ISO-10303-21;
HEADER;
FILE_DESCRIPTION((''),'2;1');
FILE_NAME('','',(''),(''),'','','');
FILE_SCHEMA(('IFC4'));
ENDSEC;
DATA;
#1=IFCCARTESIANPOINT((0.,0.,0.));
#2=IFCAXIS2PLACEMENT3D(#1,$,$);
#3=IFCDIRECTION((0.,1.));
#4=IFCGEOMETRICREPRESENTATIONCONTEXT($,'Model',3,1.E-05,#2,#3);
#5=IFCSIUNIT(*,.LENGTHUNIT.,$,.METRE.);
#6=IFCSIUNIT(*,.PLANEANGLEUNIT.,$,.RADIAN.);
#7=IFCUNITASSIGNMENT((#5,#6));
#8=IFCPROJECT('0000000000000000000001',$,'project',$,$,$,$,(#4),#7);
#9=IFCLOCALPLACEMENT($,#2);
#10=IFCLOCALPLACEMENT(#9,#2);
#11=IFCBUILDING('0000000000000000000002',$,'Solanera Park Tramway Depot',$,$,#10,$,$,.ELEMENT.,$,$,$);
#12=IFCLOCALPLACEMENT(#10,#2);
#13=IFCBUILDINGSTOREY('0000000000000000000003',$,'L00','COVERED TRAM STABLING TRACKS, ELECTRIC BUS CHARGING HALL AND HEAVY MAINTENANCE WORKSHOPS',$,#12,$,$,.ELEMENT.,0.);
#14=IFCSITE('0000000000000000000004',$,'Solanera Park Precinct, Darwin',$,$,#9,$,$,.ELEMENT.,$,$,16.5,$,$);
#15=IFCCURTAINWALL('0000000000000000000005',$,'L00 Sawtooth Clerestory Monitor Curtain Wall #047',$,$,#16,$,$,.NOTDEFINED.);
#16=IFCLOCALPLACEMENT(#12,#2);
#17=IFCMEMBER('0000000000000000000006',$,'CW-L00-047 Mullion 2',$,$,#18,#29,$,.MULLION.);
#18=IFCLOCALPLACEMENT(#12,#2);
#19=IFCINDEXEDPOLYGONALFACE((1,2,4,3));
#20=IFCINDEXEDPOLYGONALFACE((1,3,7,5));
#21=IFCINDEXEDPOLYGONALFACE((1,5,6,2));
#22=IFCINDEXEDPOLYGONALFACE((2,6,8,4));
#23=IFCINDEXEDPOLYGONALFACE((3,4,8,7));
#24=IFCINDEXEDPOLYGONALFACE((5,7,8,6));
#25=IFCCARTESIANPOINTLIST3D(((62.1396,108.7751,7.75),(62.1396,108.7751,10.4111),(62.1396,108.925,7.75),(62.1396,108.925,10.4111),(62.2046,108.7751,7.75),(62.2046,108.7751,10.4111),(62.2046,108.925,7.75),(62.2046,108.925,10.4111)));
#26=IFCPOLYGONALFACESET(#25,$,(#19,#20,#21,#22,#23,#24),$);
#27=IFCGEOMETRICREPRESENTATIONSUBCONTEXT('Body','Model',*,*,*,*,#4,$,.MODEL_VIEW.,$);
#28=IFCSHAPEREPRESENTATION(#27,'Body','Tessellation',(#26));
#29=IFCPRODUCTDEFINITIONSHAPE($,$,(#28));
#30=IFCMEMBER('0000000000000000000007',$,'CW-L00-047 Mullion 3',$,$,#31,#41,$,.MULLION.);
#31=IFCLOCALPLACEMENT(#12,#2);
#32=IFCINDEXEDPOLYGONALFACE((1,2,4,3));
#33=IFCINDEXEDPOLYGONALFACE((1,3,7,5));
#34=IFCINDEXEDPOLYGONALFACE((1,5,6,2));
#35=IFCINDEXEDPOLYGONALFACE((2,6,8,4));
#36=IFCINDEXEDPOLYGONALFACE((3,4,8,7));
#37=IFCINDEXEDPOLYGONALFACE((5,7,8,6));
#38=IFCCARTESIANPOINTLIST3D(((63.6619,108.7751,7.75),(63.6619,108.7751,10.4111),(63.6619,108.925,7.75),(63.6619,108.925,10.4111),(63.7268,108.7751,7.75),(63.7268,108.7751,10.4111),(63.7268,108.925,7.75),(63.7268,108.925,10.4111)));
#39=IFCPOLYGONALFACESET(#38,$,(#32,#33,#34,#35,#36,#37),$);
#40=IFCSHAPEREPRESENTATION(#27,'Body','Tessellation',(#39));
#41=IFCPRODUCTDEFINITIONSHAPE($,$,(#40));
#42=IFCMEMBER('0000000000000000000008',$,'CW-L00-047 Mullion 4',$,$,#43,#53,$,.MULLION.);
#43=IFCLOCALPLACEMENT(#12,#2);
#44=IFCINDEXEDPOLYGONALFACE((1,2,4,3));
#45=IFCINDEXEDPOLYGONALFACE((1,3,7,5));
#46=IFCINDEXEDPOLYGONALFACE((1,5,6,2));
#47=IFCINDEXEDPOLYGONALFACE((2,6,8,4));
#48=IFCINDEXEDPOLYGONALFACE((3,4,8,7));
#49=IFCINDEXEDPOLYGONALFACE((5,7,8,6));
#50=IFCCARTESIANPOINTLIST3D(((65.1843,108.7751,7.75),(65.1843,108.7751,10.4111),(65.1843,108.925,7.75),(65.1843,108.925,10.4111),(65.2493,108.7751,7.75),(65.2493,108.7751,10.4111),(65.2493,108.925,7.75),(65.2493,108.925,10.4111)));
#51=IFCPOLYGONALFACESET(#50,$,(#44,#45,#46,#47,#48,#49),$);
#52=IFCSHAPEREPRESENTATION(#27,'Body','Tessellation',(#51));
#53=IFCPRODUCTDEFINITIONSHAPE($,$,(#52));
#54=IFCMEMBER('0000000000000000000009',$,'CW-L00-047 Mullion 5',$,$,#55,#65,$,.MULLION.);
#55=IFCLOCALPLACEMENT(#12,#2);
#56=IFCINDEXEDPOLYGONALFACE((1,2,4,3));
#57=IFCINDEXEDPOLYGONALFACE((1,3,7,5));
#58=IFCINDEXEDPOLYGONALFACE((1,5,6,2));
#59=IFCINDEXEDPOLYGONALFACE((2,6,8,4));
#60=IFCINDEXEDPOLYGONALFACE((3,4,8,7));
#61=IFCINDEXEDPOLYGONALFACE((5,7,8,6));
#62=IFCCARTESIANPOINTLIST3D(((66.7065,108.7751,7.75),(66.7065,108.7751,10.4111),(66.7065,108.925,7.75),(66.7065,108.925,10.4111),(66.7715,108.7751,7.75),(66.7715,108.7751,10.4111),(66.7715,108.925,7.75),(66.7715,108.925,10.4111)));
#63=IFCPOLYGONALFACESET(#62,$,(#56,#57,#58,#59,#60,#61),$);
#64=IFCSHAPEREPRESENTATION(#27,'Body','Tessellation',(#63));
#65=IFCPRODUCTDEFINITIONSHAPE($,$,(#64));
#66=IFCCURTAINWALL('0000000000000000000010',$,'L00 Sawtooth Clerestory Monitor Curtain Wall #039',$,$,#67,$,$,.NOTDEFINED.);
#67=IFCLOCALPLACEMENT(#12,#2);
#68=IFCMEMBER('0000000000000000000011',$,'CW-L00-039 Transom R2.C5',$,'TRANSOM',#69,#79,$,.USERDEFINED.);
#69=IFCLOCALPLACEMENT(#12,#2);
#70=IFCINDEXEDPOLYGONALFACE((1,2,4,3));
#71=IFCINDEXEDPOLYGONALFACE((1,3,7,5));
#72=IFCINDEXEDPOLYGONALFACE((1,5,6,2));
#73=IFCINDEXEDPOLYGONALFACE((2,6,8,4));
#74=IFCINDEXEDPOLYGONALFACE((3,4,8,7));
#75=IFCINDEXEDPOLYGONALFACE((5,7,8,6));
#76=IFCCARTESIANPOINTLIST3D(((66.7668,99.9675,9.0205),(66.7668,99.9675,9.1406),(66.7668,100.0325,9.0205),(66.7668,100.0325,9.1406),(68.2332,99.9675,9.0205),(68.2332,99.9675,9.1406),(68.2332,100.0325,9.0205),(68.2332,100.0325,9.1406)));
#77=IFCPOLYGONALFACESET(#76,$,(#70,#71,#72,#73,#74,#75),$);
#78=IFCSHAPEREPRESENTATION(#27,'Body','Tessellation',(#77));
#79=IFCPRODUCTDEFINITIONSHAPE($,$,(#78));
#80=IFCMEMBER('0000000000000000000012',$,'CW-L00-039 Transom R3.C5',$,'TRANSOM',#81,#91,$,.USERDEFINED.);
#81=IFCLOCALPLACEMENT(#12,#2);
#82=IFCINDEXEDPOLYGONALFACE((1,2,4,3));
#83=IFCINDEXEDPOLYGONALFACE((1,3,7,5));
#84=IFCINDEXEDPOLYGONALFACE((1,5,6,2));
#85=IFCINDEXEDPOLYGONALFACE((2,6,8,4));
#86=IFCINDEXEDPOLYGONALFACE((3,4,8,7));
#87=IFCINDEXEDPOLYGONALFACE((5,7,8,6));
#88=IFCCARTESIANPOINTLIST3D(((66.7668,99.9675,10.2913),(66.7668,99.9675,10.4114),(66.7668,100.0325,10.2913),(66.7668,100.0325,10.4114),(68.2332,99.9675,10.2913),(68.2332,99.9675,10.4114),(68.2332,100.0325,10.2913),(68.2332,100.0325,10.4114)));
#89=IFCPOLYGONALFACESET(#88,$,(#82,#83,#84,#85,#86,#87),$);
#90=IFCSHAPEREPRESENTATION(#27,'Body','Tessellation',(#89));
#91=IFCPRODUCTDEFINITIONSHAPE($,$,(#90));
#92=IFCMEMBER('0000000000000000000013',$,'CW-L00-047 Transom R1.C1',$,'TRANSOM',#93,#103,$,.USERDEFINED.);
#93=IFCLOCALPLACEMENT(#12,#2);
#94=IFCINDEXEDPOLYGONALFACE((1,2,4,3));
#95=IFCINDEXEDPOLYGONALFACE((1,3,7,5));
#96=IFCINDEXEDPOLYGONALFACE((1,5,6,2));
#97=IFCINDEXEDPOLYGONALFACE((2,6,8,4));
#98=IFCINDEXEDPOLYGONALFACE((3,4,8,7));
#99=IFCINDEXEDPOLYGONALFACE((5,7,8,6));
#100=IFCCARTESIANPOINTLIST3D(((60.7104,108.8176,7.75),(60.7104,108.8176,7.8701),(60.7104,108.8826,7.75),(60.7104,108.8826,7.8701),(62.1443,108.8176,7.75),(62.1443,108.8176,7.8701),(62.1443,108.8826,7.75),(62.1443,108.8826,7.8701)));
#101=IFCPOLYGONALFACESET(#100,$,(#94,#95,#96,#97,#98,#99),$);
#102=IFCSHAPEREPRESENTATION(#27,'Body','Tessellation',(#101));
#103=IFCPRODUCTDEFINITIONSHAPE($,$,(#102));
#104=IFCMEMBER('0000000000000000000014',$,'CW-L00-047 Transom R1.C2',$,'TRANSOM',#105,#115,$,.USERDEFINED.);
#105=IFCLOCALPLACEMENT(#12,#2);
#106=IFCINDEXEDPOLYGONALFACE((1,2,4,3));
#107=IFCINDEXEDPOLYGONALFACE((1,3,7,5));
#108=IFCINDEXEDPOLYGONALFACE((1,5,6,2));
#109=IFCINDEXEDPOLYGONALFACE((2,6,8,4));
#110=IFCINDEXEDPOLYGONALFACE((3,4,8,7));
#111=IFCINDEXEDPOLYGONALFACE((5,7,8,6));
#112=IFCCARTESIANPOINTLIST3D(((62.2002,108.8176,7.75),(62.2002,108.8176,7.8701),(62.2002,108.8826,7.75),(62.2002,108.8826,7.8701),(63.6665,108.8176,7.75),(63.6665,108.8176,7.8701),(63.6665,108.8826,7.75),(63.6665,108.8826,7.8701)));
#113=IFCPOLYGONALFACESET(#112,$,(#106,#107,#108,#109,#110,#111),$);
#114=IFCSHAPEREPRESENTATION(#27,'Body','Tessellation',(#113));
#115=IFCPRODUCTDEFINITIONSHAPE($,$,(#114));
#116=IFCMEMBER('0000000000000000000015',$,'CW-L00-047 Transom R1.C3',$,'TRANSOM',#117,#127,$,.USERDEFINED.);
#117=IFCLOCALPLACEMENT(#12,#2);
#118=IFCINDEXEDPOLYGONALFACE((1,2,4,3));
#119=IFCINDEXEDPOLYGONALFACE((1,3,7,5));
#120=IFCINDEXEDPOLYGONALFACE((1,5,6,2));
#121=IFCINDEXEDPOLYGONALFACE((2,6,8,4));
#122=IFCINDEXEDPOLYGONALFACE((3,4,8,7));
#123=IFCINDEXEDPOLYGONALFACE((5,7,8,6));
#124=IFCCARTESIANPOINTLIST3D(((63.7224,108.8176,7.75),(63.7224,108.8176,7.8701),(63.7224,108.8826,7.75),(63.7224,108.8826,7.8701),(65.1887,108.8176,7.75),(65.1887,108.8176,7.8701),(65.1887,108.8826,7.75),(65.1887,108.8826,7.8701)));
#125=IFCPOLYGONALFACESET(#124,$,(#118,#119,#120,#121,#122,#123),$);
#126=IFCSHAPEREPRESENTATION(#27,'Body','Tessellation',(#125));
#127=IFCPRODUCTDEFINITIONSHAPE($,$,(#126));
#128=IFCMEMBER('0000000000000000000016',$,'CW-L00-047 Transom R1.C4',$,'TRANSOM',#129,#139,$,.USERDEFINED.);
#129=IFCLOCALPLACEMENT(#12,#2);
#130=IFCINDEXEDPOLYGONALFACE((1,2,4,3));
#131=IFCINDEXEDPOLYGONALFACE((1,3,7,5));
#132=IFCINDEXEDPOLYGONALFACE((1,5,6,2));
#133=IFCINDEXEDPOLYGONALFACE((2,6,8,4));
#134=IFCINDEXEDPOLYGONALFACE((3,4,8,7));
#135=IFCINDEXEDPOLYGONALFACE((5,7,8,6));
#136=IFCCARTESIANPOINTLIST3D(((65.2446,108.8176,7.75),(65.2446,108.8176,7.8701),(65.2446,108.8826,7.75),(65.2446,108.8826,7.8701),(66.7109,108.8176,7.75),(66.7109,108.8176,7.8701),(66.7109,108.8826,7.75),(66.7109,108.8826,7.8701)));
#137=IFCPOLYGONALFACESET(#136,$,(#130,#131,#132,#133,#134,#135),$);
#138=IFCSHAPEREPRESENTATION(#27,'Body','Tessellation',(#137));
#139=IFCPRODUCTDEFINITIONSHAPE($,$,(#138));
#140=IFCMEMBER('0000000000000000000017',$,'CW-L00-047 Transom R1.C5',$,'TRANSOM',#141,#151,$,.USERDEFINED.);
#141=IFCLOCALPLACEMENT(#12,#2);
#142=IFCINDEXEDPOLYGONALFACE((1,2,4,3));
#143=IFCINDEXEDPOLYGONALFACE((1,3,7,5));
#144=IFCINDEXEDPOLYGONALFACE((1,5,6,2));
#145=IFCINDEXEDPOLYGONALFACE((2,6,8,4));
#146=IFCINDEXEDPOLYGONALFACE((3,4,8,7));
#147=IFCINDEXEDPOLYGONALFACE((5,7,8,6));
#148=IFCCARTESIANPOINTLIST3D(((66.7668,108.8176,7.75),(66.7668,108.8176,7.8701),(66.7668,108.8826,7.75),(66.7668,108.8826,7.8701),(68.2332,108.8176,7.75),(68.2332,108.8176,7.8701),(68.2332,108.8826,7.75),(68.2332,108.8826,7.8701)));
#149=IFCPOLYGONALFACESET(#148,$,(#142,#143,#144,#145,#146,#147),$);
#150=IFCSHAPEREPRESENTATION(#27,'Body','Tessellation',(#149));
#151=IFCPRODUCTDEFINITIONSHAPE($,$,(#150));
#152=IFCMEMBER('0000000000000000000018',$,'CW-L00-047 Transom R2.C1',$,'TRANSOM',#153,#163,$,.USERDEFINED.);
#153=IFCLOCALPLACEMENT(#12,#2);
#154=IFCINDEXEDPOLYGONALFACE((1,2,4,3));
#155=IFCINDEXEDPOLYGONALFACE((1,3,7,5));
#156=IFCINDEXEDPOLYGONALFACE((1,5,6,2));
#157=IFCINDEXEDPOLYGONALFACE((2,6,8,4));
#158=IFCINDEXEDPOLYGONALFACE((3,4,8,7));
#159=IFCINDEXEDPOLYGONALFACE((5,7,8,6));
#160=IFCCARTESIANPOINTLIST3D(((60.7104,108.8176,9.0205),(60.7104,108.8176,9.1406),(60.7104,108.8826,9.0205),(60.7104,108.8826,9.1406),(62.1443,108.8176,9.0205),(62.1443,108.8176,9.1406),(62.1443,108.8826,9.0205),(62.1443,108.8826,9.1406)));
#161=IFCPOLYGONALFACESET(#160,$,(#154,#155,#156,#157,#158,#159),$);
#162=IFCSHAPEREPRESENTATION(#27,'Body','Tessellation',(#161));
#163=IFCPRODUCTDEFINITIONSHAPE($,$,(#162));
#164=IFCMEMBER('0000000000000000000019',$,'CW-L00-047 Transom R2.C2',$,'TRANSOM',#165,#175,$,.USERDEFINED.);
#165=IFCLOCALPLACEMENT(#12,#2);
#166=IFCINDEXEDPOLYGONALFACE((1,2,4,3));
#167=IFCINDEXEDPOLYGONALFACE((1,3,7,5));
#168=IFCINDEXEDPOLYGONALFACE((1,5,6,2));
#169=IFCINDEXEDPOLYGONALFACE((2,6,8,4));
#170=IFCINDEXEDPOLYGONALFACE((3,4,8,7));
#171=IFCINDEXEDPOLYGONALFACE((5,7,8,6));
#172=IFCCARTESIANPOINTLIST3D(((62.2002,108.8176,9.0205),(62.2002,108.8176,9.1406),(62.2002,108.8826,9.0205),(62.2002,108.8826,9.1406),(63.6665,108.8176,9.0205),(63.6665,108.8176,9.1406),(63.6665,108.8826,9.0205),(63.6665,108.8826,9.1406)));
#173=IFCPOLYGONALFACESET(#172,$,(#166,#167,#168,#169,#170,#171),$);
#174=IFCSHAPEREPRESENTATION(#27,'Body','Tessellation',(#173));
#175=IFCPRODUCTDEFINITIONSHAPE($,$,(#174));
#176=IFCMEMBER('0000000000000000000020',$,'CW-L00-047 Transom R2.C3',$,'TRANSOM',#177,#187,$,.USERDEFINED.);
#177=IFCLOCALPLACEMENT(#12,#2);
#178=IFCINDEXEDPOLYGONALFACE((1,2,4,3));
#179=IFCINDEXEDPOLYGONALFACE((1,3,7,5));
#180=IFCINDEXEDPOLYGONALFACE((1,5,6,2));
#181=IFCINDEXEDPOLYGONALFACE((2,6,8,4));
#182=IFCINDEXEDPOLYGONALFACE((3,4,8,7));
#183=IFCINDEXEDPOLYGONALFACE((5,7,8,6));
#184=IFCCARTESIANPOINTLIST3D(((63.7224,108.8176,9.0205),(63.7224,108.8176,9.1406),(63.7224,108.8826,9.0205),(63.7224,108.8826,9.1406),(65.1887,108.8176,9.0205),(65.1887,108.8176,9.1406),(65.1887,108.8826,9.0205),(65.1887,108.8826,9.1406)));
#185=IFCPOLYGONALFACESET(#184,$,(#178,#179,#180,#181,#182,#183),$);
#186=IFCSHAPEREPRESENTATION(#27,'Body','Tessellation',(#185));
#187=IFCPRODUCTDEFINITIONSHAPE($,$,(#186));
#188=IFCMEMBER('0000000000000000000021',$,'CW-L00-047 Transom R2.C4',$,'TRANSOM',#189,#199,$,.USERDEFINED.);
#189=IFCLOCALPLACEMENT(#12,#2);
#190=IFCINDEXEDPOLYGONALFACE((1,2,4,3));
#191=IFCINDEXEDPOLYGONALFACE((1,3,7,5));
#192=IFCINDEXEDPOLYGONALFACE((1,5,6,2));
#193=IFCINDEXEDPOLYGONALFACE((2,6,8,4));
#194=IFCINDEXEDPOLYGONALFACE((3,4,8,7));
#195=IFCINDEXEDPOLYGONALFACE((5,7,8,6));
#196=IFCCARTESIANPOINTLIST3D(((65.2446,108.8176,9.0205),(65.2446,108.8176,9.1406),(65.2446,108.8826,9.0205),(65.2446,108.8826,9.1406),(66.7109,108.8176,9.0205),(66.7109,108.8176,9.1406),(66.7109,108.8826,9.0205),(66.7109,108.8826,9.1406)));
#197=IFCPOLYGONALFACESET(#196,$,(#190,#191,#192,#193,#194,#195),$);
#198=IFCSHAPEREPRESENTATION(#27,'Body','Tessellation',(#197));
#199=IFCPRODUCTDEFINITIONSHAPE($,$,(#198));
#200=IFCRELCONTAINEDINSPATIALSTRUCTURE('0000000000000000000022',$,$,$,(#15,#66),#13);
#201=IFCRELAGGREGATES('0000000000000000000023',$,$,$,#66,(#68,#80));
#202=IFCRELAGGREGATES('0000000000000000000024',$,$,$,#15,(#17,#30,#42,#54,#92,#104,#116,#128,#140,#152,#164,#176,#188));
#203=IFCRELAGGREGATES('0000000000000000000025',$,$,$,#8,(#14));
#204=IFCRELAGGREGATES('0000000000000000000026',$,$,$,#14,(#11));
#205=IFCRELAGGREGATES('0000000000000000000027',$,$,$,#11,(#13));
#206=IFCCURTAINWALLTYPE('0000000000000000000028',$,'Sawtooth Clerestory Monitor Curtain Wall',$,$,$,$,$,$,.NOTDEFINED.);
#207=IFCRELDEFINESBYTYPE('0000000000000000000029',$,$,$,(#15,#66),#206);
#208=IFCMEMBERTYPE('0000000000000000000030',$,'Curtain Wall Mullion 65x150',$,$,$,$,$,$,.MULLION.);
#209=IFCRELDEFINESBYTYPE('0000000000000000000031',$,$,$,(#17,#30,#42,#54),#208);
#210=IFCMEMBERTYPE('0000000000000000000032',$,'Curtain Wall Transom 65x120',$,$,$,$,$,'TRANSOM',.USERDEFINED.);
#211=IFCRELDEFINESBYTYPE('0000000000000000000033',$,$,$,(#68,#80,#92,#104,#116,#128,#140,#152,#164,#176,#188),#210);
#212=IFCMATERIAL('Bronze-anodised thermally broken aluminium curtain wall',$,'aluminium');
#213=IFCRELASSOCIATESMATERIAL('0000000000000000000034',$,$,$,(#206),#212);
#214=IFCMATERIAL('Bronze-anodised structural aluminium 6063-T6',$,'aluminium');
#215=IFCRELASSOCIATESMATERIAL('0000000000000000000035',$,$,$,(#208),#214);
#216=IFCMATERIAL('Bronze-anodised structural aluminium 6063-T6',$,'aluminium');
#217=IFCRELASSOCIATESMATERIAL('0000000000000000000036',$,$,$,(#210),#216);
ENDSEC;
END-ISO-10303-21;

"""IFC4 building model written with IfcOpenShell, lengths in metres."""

from ifc_helpers import new_model, si_unit, direction, frame, origin, origin_2d, place, context, subcontext, project, spatial, rectangle, extrude, material, material_profile, profile_set, type_object, element, aggregate, save


model = new_model("IFC4")

# Units and contexts
model_context = context("Model", 3, precision=1e-05, world=origin(), true_north=direction((0.0, 1.0)))
body_context = subcontext(model_context, "Body", "Model", "MODEL_VIEW")
ifc_project = project(units=[si_unit("LENGTHUNIT", "METRE"), si_unit("PLANEANGLEUNIT", "RADIAN")], contexts=[model_context])

# Site, building, storey
site_placement = place(None, origin())
site = spatial("IfcSite", under=ifc_project, at=site_placement, Name="Solanera Park Precinct, Darwin", CompositionType="ELEMENT", RefElevation=16.5)
building_placement = place(site_placement, origin())
building = spatial("IfcBuilding", under=site, at=building_placement, Name="Solanera Park Tramway Depot", CompositionType="ELEMENT")
storey_placement = place(building_placement, origin())
storey = spatial("IfcBuildingStorey", under=building, at=storey_placement, Name="L00", Description="COVERED TRAM STABLING TRACKS, ELECTRIC BUS CHARGING HALL AND HEAVY MAINTENANCE WORKSHOPS", CompositionType="ELEMENT", Elevation=0.0)

# Curtain walls, members
ifc_material_1 = material(Name="Bronze-anodised thermally broken aluminium curtain wall", Category="aluminium")
curtain_wall_type = type_object("IfcCurtainWallType", Name="Sawtooth Clerestory Monitor Curtain Wall", PredefinedType="NOTDEFINED", material=ifc_material_1)
curtain_wall_1_placement = place(storey_placement, origin())
curtain_wall_1 = element("IfcCurtainWall", 1, at=curtain_wall_1_placement, inside=storey, type_object=curtain_wall_type, Name="L00 Sawtooth Clerestory Monitor Curtain Wall #047", PredefinedType="NOTDEFINED")
ifc_material_2 = material(Name="Bronze-anodised structural aluminium 6063-T6", Category="aluminium")
ifc_material_profile_1 = material_profile(ifc_material_2, rectangle(XDim=0.0649, YDim=0.1499, at=origin_2d()), Name="Curtain Wall Mullion 65x150")
ifc_profile_set_1 = profile_set([ifc_material_profile_1], Name="Bronze-anodised structural aluminium 6063-T6")
member_type_1 = type_object("IfcMemberType", Name="Curtain Wall Mullion 65x150", PredefinedType="MULLION", material=ifc_profile_set_1)
member_1_placement = place(storey_placement, frame((62.1721, 108.8501, 7.75), z_axis=(0.0, 0.0, 1.0), x_axis=(1.0, 0.0, 0.0)))
member_1 = element("IfcMember", 2, at=member_1_placement, type_object=member_type_1, Name="CW-L00-047 Mullion 2", PredefinedType="MULLION", context=body_context, shape_type="SweptSolid", body=[
    extrude(rectangle(XDim=0.0649, YDim=0.1499, at=origin_2d()), origin(), (0.0, 0.0, 1.0), 2.6611),
])
member_2_placement = place(storey_placement, frame((63.6943, 108.8501, 7.75), z_axis=(0.0, 0.0, 1.0), x_axis=(1.0, 0.0, 0.0)))
member_2 = element("IfcMember", 3, at=member_2_placement, type_object=member_type_1, Name="CW-L00-047 Mullion 3", PredefinedType="MULLION", context=body_context, shape_type="SweptSolid", body=[
    extrude(rectangle(XDim=0.0649, YDim=0.1499, at=origin_2d()), origin(), (0.0, 0.0, 1.0), 2.6611),
])
member_3_placement = place(storey_placement, frame((65.2168, 108.8501, 7.75), z_axis=(0.0, 0.0, 1.0), x_axis=(1.0, 0.0, 0.0)))
member_3 = element("IfcMember", 4, at=member_3_placement, type_object=member_type_1, Name="CW-L00-047 Mullion 4", PredefinedType="MULLION", context=body_context, shape_type="SweptSolid", body=[
    extrude(rectangle(XDim=0.0649, YDim=0.1499, at=origin_2d()), origin(), (0.0, 0.0, 1.0), 2.6611),
])
member_4_placement = place(storey_placement, frame((66.739, 108.8501, 7.75), z_axis=(0.0, 0.0, 1.0), x_axis=(1.0, 0.0, 0.0)))
member_4 = element("IfcMember", 5, at=member_4_placement, type_object=member_type_1, Name="CW-L00-047 Mullion 5", PredefinedType="MULLION", context=body_context, shape_type="SweptSolid", body=[
    extrude(rectangle(XDim=0.0649, YDim=0.1499, at=origin_2d()), origin(), (0.0, 0.0, 1.0), 2.6611),
])
curtain_wall_2_placement = place(storey_placement, origin())
curtain_wall_2 = element("IfcCurtainWall", 6, at=curtain_wall_2_placement, inside=storey, type_object=curtain_wall_type, Name="L00 Sawtooth Clerestory Monitor Curtain Wall #039", PredefinedType="NOTDEFINED")
ifc_material_3 = material(Name="Bronze-anodised structural aluminium 6063-T6", Category="aluminium")
ifc_material_profile_2 = material_profile(ifc_material_3, rectangle(XDim=0.0649, YDim=0.1201, at=origin_2d()), Name="Curtain Wall Transom 65x120")
ifc_profile_set_2 = profile_set([ifc_material_profile_2], Name="Bronze-anodised structural aluminium 6063-T6")
member_type_2 = type_object("IfcMemberType", Name="Curtain Wall Transom 65x120", ElementType="TRANSOM", PredefinedType="USERDEFINED", material=ifc_profile_set_2)
member_5_placement = place(storey_placement, frame((66.7668, 100.0, 9.0806), z_axis=(1.0, 0.0, 0.0), x_axis=(0.0, 1.0, 0.0)))
member_5 = element("IfcMember", 7, at=member_5_placement, type_object=member_type_2, Name="CW-L00-039 Transom R2.C5", ObjectType="TRANSOM", PredefinedType="USERDEFINED", context=body_context, shape_type="SweptSolid", body=[
    extrude(rectangle(XDim=0.0649, YDim=0.1201, at=origin_2d()), origin(), (0.0, 0.0, 1.0), 1.4663),
])
member_6_placement = place(storey_placement, frame((66.7668, 100.0, 10.3513), z_axis=(1.0, 0.0, 0.0), x_axis=(0.0, 1.0, 0.0)))
member_6 = element("IfcMember", 8, at=member_6_placement, type_object=member_type_2, Name="CW-L00-039 Transom R3.C5", ObjectType="TRANSOM", PredefinedType="USERDEFINED", context=body_context, shape_type="SweptSolid", body=[
    extrude(rectangle(XDim=0.0649, YDim=0.1201, at=origin_2d()), origin(), (0.0, 0.0, 1.0), 1.4663),
])

# Members
member_7_placement = place(storey_placement, frame((60.7104, 108.8501, 7.8101), z_axis=(1.0, 0.0, 0.0), x_axis=(0.0, 1.0, 0.0)))
member_7 = element("IfcMember", 9, at=member_7_placement, type_object=member_type_2, Name="CW-L00-047 Transom R1.C1", ObjectType="TRANSOM", PredefinedType="USERDEFINED", context=body_context, shape_type="SweptSolid", body=[
    extrude(rectangle(XDim=0.0649, YDim=0.1201, at=origin_2d()), origin(), (0.0, 0.0, 1.0), 1.4338),
])
member_8_placement = place(storey_placement, frame((62.2002, 108.8501, 7.8101), z_axis=(1.0, 0.0, 0.0), x_axis=(0.0, 1.0, 0.0)))
member_8 = element("IfcMember", 10, at=member_8_placement, type_object=member_type_2, Name="CW-L00-047 Transom R1.C2", ObjectType="TRANSOM", PredefinedType="USERDEFINED", context=body_context, shape_type="SweptSolid", body=[
    extrude(rectangle(XDim=0.0649, YDim=0.1201, at=origin_2d()), origin(), (0.0, 0.0, 1.0), 1.4663),
])
member_9_placement = place(storey_placement, frame((63.7224, 108.8501, 7.8101), z_axis=(1.0, 0.0, 0.0), x_axis=(0.0, 1.0, 0.0)))
member_9 = element("IfcMember", 11, at=member_9_placement, type_object=member_type_2, Name="CW-L00-047 Transom R1.C3", ObjectType="TRANSOM", PredefinedType="USERDEFINED", context=body_context, shape_type="SweptSolid", body=[
    extrude(rectangle(XDim=0.0649, YDim=0.1201, at=origin_2d()), origin(), (0.0, 0.0, 1.0), 1.4663),
])
member_10_placement = place(storey_placement, frame((65.2446, 108.8501, 7.8101), z_axis=(1.0, 0.0, 0.0), x_axis=(0.0, 1.0, 0.0)))
member_10 = element("IfcMember", 12, at=member_10_placement, type_object=member_type_2, Name="CW-L00-047 Transom R1.C4", ObjectType="TRANSOM", PredefinedType="USERDEFINED", context=body_context, shape_type="SweptSolid", body=[
    extrude(rectangle(XDim=0.0649, YDim=0.1201, at=origin_2d()), origin(), (0.0, 0.0, 1.0), 1.4663),
])
member_11_placement = place(storey_placement, frame((66.7668, 108.8501, 7.8101), z_axis=(1.0, 0.0, 0.0), x_axis=(0.0, 1.0, 0.0)))
member_11 = element("IfcMember", 13, at=member_11_placement, type_object=member_type_2, Name="CW-L00-047 Transom R1.C5", ObjectType="TRANSOM", PredefinedType="USERDEFINED", context=body_context, shape_type="SweptSolid", body=[
    extrude(rectangle(XDim=0.0649, YDim=0.1201, at=origin_2d()), origin(), (0.0, 0.0, 1.0), 1.4663),
])
member_12_placement = place(storey_placement, frame((60.7104, 108.8501, 9.0806), z_axis=(1.0, 0.0, 0.0), x_axis=(0.0, 1.0, 0.0)))
member_12 = element("IfcMember", 14, at=member_12_placement, type_object=member_type_2, Name="CW-L00-047 Transom R2.C1", ObjectType="TRANSOM", PredefinedType="USERDEFINED", context=body_context, shape_type="SweptSolid", body=[
    extrude(rectangle(XDim=0.0649, YDim=0.1201, at=origin_2d()), origin(), (0.0, 0.0, 1.0), 1.4338),
])
member_13_placement = place(storey_placement, frame((62.2002, 108.8501, 9.0806), z_axis=(1.0, 0.0, 0.0), x_axis=(0.0, 1.0, 0.0)))
member_13 = element("IfcMember", 15, at=member_13_placement, type_object=member_type_2, Name="CW-L00-047 Transom R2.C2", ObjectType="TRANSOM", PredefinedType="USERDEFINED", context=body_context, shape_type="SweptSolid", body=[
    extrude(rectangle(XDim=0.0649, YDim=0.1201, at=origin_2d()), origin(), (0.0, 0.0, 1.0), 1.4663),
])
member_14_placement = place(storey_placement, frame((63.7224, 108.8501, 9.0806), z_axis=(1.0, 0.0, 0.0), x_axis=(0.0, 1.0, 0.0)))
member_14 = element("IfcMember", 16, at=member_14_placement, type_object=member_type_2, Name="CW-L00-047 Transom R2.C3", ObjectType="TRANSOM", PredefinedType="USERDEFINED", context=body_context, shape_type="SweptSolid", body=[
    extrude(rectangle(XDim=0.0649, YDim=0.1201, at=origin_2d()), origin(), (0.0, 0.0, 1.0), 1.4663),
])
member_15_placement = place(storey_placement, frame((65.2446, 108.8501, 9.0806), z_axis=(1.0, 0.0, 0.0), x_axis=(0.0, 1.0, 0.0)))
member_15 = element("IfcMember", 17, at=member_15_placement, type_object=member_type_2, Name="CW-L00-047 Transom R2.C4", ObjectType="TRANSOM", PredefinedType="USERDEFINED", context=body_context, shape_type="SweptSolid", body=[
    extrude(rectangle(XDim=0.0649, YDim=0.1201, at=origin_2d()), origin(), (0.0, 0.0, 1.0), 1.4663),
])

aggregate(curtain_wall_2, [member_5, member_6])
aggregate(curtain_wall_1, [member_1, member_2, member_3, member_4, member_7, member_8, member_9, member_10, member_11, member_12, member_13, member_14, member_15])

save(model, "model.ifc")
